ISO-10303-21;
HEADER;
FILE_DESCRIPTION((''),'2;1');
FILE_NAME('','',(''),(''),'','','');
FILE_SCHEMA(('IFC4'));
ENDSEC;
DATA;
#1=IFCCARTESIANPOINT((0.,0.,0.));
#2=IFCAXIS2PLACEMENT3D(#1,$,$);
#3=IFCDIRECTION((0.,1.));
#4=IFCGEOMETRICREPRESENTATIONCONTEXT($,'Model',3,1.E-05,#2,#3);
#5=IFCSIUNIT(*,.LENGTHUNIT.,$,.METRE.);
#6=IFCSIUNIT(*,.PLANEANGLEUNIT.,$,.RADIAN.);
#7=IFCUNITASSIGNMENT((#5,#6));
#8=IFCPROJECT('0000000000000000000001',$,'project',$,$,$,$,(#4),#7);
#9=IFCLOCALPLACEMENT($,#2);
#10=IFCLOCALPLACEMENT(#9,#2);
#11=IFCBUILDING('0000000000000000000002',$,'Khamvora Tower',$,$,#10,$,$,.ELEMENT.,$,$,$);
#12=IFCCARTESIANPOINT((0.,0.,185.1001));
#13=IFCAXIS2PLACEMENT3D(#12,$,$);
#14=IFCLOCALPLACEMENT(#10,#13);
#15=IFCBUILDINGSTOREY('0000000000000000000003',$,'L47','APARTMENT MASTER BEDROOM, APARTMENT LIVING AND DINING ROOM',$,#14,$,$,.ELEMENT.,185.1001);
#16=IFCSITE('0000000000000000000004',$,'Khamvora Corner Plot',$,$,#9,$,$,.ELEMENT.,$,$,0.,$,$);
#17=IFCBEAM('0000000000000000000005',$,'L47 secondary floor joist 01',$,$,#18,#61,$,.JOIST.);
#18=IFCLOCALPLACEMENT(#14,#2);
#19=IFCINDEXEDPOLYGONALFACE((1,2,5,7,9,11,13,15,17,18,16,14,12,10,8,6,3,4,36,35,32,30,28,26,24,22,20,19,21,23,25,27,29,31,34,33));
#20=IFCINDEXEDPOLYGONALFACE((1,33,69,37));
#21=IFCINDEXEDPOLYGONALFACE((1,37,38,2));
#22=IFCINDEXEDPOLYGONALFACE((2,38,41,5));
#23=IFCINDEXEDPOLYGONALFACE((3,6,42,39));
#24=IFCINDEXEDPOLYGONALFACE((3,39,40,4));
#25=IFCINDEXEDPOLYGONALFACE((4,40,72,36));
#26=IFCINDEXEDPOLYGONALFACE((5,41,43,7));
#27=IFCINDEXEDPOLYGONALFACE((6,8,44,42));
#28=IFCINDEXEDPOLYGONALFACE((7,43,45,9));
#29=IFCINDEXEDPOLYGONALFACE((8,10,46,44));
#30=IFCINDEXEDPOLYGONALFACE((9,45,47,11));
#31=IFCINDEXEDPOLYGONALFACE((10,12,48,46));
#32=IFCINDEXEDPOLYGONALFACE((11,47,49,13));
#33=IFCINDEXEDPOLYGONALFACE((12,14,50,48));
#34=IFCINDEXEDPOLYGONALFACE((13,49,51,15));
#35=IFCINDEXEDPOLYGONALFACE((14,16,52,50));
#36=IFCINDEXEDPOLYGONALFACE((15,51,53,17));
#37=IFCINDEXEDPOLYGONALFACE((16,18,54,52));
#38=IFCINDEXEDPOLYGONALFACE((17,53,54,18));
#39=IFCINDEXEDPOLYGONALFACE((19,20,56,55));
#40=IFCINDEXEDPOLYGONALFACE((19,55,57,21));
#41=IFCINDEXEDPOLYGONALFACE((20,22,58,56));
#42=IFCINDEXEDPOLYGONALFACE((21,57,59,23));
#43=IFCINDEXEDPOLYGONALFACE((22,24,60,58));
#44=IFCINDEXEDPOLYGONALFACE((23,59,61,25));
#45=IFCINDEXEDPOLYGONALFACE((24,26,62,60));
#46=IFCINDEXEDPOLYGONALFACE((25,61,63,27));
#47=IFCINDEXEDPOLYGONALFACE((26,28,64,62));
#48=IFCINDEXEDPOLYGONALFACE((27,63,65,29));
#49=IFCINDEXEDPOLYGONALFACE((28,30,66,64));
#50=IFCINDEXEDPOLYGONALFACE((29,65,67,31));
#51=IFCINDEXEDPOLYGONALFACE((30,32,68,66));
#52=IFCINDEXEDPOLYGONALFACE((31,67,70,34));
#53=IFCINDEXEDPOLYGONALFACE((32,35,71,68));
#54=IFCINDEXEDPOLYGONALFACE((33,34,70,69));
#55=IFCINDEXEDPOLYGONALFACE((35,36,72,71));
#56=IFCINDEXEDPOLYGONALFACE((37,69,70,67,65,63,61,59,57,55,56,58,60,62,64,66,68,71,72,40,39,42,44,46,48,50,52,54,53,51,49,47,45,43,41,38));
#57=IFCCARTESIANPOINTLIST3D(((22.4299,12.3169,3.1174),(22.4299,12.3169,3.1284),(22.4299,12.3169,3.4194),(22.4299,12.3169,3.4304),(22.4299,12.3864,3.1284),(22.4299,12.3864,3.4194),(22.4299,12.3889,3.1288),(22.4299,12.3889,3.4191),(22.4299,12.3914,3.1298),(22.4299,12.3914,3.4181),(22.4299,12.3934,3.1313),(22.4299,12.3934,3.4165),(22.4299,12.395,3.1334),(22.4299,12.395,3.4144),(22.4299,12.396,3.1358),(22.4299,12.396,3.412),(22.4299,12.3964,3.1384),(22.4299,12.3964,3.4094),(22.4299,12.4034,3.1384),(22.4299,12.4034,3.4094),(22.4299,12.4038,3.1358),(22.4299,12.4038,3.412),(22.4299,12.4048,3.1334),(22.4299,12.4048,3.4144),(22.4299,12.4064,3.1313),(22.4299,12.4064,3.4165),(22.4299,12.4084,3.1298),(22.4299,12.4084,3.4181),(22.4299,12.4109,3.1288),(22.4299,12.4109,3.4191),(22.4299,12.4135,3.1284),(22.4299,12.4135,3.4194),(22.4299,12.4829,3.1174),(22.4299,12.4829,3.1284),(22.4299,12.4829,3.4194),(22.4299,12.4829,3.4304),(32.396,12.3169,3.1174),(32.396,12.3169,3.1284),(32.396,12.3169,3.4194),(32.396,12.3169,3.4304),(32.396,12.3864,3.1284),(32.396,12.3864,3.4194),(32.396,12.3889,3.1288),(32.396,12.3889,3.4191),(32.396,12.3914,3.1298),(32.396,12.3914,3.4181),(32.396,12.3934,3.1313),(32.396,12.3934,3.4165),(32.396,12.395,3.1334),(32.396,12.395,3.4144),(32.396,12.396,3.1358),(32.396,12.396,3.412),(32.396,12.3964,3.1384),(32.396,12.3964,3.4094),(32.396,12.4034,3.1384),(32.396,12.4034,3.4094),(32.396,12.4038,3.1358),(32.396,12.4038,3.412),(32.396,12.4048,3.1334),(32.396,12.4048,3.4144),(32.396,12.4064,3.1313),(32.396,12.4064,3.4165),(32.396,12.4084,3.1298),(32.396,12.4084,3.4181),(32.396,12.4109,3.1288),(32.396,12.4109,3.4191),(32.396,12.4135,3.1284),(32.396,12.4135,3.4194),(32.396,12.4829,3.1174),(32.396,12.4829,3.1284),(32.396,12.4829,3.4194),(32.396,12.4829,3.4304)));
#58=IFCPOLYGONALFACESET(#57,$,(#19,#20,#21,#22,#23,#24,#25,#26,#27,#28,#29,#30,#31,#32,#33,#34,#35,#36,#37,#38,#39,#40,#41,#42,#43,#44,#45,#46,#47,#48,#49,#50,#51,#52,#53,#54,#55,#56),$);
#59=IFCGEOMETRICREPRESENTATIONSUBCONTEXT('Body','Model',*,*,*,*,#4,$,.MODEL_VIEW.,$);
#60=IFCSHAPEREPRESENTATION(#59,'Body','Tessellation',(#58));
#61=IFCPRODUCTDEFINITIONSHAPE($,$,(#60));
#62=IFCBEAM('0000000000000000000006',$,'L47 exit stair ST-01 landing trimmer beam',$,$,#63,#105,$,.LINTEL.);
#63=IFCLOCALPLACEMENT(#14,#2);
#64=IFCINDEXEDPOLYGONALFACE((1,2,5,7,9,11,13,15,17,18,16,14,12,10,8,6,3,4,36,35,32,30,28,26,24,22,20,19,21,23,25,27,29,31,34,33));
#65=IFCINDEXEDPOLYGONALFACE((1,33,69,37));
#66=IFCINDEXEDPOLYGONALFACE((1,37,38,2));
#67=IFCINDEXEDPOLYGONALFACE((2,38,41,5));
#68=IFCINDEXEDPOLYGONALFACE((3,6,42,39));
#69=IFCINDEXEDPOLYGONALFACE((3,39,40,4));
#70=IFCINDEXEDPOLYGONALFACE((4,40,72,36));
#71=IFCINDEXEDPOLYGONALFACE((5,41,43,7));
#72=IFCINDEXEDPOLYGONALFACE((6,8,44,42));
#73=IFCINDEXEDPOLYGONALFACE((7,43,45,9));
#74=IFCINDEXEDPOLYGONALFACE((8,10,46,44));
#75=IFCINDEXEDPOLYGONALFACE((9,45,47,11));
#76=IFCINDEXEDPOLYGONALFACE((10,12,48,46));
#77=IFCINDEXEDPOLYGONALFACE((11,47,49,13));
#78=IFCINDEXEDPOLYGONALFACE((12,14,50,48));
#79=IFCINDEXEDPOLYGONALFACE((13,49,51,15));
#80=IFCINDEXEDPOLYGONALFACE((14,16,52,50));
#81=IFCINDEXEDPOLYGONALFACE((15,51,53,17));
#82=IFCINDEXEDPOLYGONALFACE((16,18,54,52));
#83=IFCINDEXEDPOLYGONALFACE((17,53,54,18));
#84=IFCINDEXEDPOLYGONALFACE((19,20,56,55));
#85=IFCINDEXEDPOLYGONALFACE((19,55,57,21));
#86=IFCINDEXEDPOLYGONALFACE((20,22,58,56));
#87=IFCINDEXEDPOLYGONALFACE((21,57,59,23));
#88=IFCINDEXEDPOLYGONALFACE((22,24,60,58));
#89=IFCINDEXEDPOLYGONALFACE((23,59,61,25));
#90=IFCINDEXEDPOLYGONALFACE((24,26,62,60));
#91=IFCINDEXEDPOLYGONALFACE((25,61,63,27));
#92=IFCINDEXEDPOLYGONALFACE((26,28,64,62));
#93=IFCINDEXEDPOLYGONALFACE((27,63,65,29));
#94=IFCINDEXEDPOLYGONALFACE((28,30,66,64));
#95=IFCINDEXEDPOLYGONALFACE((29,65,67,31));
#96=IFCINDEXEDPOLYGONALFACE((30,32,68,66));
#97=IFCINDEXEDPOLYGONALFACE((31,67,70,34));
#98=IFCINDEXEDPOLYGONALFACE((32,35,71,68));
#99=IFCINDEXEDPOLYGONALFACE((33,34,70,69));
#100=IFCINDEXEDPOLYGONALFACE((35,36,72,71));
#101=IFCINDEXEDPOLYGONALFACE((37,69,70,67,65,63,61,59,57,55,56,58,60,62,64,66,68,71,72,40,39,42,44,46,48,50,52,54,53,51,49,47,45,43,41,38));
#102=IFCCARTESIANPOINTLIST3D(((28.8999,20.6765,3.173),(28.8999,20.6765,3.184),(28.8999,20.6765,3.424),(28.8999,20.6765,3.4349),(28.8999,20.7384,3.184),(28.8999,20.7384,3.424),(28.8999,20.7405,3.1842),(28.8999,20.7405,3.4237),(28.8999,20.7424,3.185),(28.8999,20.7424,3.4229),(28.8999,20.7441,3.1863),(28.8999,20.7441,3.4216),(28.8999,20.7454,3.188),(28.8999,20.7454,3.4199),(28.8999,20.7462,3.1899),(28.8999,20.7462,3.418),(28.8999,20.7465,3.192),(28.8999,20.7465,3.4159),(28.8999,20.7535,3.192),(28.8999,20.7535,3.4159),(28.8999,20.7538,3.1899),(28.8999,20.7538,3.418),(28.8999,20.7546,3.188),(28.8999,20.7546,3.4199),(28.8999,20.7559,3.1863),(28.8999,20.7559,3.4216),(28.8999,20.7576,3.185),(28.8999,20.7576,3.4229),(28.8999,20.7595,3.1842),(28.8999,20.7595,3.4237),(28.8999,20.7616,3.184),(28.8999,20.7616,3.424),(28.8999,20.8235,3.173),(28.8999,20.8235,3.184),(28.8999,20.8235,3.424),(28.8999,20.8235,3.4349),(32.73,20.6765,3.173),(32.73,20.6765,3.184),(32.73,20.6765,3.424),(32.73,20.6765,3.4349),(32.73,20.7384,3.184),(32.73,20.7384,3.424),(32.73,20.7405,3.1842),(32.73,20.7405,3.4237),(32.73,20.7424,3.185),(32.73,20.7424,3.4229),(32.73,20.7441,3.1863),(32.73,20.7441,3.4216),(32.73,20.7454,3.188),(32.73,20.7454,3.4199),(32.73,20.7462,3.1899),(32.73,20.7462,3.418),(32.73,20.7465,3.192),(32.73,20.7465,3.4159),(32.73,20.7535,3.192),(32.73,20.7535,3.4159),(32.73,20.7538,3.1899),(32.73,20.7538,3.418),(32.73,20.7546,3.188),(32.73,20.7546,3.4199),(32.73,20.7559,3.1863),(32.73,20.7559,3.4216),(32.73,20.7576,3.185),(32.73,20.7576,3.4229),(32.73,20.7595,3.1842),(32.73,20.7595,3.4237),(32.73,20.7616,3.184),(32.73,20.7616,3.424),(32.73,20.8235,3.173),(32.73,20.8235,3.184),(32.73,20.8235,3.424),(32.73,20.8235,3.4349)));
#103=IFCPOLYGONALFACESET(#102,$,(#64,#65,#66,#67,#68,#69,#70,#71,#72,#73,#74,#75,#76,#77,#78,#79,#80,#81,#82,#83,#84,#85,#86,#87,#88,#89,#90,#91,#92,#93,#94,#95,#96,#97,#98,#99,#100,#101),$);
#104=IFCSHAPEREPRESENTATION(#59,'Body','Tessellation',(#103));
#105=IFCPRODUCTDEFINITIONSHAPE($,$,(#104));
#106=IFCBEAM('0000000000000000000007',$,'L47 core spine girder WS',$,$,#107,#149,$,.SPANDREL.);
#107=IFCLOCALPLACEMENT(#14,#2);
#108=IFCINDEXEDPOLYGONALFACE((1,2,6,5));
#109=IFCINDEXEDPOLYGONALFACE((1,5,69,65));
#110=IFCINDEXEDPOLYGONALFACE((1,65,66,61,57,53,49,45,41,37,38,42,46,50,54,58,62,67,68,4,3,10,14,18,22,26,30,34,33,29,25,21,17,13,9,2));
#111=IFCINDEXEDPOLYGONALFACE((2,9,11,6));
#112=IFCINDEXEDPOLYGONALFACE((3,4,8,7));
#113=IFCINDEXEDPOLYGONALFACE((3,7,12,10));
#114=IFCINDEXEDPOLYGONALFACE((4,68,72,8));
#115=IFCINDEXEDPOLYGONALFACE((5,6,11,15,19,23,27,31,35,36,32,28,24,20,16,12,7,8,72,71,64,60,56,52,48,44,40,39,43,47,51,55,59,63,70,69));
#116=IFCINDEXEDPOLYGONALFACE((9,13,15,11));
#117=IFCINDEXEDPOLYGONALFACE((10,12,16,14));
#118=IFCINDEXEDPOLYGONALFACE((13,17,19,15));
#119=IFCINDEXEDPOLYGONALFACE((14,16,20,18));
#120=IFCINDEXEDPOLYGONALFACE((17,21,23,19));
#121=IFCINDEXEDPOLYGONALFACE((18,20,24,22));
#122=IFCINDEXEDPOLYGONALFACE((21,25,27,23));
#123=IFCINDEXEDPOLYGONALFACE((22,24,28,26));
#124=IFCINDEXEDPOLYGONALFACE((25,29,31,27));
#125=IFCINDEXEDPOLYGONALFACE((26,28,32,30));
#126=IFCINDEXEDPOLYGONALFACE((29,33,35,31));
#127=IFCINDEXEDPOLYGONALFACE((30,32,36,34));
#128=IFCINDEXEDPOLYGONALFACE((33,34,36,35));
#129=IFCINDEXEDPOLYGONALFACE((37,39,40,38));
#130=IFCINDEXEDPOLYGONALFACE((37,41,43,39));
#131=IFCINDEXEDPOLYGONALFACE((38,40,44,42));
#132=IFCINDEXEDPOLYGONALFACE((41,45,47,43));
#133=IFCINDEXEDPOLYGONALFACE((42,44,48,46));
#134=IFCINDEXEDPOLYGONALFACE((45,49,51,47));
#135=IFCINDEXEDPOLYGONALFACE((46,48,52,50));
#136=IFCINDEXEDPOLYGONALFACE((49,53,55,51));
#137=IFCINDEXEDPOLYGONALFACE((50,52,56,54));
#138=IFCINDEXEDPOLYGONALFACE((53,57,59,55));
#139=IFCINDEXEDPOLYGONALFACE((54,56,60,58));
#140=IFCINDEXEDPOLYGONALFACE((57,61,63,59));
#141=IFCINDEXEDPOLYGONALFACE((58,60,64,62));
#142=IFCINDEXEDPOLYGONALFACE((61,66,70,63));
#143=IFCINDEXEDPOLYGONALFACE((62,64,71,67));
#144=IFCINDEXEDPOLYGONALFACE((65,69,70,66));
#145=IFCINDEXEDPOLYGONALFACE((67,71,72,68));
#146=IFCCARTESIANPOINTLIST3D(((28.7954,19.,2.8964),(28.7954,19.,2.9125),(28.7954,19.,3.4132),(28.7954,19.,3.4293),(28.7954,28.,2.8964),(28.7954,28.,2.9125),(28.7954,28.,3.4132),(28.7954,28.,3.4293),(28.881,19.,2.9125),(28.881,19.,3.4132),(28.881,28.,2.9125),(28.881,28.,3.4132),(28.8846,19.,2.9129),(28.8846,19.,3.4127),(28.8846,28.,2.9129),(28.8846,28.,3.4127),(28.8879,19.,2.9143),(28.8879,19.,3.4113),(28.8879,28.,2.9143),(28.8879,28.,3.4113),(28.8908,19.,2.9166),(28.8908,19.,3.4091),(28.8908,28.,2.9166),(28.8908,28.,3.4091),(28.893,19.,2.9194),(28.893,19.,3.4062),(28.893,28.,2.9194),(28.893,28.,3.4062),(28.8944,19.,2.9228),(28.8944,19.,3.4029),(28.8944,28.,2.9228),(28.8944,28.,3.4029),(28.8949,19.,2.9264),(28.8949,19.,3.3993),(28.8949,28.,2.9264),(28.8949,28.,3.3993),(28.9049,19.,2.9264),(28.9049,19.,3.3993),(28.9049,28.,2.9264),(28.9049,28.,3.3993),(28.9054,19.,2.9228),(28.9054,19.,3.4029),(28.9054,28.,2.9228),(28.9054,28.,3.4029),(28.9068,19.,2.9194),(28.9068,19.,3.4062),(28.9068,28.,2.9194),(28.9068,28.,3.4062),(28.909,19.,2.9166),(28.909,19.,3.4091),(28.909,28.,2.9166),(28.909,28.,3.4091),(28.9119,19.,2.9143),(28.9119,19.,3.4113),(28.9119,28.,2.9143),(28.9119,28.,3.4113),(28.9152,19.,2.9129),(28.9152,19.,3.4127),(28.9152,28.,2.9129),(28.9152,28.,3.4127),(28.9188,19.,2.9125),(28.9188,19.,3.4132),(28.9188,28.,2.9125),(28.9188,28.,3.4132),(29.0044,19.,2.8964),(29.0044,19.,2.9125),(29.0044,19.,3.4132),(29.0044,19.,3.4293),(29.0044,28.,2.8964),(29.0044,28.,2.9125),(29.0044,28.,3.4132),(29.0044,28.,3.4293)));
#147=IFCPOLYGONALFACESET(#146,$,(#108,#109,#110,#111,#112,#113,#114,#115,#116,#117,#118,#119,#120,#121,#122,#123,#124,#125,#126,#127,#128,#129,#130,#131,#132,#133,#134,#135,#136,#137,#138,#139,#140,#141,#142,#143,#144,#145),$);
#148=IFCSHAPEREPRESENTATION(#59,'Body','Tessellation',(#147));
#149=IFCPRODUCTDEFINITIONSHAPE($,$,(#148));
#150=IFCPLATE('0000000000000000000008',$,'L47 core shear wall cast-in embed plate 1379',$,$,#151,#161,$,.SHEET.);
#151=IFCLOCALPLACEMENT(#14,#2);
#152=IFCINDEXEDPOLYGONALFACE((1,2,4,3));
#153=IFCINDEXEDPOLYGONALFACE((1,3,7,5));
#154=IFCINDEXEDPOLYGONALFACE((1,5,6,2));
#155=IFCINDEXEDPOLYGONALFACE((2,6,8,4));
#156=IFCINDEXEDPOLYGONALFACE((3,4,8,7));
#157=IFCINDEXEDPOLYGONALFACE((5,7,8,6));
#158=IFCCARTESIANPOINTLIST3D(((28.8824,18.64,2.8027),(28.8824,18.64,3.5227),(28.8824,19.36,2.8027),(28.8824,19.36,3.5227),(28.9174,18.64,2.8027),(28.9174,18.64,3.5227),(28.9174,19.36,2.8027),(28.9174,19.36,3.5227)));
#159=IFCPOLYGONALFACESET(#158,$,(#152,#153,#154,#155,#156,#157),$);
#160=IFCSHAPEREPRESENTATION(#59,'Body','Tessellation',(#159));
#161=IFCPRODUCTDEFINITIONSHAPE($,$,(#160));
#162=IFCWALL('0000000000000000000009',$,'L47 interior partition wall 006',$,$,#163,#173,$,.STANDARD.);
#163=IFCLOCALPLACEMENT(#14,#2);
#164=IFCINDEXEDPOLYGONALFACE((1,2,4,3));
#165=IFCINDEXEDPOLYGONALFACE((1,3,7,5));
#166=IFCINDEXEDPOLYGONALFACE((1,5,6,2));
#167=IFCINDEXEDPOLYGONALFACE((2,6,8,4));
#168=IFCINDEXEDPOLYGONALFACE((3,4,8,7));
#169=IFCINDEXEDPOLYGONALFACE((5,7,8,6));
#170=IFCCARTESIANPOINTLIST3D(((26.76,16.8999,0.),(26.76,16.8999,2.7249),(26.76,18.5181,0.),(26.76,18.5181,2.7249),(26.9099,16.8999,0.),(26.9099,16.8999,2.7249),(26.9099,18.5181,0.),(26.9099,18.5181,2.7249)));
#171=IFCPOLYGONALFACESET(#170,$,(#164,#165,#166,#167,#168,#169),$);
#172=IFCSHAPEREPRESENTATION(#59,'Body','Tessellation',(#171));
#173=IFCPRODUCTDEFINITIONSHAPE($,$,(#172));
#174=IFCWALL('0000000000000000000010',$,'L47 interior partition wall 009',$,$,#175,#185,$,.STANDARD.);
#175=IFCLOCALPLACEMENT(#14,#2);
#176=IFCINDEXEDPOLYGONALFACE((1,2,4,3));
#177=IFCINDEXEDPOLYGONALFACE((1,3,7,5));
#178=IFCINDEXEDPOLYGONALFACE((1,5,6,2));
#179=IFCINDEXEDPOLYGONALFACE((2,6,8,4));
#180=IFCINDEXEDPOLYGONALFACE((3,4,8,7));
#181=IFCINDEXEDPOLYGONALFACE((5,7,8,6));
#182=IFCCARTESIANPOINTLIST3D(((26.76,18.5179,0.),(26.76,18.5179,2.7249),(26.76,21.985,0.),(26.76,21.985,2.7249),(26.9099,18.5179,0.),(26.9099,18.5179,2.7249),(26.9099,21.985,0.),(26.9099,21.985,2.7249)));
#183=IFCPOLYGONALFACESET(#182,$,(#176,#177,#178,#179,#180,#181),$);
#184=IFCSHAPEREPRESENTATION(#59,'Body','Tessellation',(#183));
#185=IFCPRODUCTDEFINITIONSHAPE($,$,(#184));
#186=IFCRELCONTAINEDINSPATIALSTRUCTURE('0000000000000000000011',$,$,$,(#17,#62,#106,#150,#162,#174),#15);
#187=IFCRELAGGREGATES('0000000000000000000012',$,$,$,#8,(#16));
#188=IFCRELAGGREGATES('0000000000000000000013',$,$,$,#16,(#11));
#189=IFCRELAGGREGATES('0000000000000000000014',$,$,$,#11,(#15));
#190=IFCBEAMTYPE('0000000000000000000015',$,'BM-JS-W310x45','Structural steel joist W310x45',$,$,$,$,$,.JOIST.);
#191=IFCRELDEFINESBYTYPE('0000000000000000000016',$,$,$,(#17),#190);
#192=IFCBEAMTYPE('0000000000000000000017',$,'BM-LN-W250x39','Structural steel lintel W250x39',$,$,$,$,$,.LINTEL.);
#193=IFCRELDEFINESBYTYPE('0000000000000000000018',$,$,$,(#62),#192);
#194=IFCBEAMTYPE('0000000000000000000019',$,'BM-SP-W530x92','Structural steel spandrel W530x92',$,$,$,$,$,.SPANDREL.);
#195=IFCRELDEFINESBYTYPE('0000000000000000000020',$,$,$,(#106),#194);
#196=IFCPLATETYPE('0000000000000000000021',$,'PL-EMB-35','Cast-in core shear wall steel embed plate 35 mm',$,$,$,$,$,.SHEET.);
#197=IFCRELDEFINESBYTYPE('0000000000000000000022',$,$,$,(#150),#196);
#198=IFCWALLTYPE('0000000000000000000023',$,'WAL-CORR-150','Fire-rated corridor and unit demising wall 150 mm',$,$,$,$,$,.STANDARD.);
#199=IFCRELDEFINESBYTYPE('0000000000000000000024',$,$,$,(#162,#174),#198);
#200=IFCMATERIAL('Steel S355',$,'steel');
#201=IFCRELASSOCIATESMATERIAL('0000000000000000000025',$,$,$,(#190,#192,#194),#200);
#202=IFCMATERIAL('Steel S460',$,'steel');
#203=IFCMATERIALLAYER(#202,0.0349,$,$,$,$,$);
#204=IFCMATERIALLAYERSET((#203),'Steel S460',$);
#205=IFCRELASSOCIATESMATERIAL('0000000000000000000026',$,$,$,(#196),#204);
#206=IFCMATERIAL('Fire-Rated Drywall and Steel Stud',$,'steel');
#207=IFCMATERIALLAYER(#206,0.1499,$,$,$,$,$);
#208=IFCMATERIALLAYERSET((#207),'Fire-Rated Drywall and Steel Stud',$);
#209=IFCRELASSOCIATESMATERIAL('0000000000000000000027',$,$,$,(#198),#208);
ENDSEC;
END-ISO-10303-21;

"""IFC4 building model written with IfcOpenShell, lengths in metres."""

from ifc_helpers import new_model, si_unit, direction, frame, frame_2d, origin, origin_2d, place, context, subcontext, project, spatial, rectangle, i_section, extrude, material, layer, layer_set, material_profile, profile_set, type_object, element, save


model = new_model("IFC4")

# Units and contexts
model_context = context("Model", 3, precision=1e-05, world=origin(), true_north=direction((0.0, 1.0)))
body_context = subcontext(model_context, "Body", "Model", "MODEL_VIEW")
ifc_project = project(units=[si_unit("LENGTHUNIT", "METRE"), si_unit("PLANEANGLEUNIT", "RADIAN")], contexts=[model_context])

# Site, building, storey
site_placement = place(None, origin())
site = spatial("IfcSite", under=ifc_project, at=site_placement, Name="Khamvora Corner Plot", CompositionType="ELEMENT", RefElevation=0.0)
building_placement = place(site_placement, origin())
building = spatial("IfcBuilding", under=site, at=building_placement, Name="Khamvora Tower", CompositionType="ELEMENT")
storey_placement = place(building_placement, frame((0.0, 0.0, 185.1001)))
storey = spatial("IfcBuildingStorey", under=building, at=storey_placement, Name="L47", Description="APARTMENT MASTER BEDROOM, APARTMENT LIVING AND DINING ROOM", CompositionType="ELEMENT", Elevation=185.1001)

# Beams
ifc_material_1 = material(Name="Steel S355", Category="steel")
ifc_material_profile_1 = material_profile(ifc_material_1, i_section(OverallWidth=0.166, OverallDepth=0.313, WebThickness=0.0071, FlangeThickness=0.011, FilletRadius=0.01, at=origin_2d()), Name="W310x45")
ifc_profile_set_1 = profile_set([ifc_material_profile_1], Name="Steel S355")
beam_type_1 = type_object("IfcBeamType", Name="BM-JS-W310x45", Description="Structural steel joist W310x45", PredefinedType="JOIST", material=ifc_profile_set_1)
beam_1_placement = place(storey_placement, frame((22.4299, 12.3999, 3.2739), z_axis=(1.0, 0.0, 0.0), x_axis=(0.0, 1.0, 0.0)))
element("IfcBeam", 1, at=beam_1_placement, inside=storey, type_object=beam_type_1, Name="L47 secondary floor joist 01", PredefinedType="JOIST", context=body_context, shape_type="SweptSolid", body=[
    extrude(i_section(OverallWidth=0.166, OverallDepth=0.313, WebThickness=0.0071, FlangeThickness=0.011, FilletRadius=0.01, at=origin_2d()), origin(), (0.0, 0.0, 1.0), 9.9661),
])
ifc_material_profile_2 = material_profile(ifc_material_1, i_section(OverallWidth=0.147, OverallDepth=0.262, WebThickness=0.0071, FlangeThickness=0.011, FilletRadius=0.0081, at=origin_2d()), Name="W250x39")
ifc_profile_set_2 = profile_set([ifc_material_profile_2], Name="Steel S355")
beam_type_2 = type_object("IfcBeamType", Name="BM-LN-W250x39", Description="Structural steel lintel W250x39", PredefinedType="LINTEL", material=ifc_profile_set_2)
beam_2_placement = place(storey_placement, frame((28.8999, 20.75, 3.304), z_axis=(1.0, 0.0, 0.0), x_axis=(0.0, 1.0, 0.0)))
element("IfcBeam", 2, at=beam_2_placement, inside=storey, type_object=beam_type_2, Name="L47 exit stair ST-01 landing trimmer beam", PredefinedType="LINTEL", context=body_context, shape_type="SweptSolid", body=[
    extrude(i_section(OverallWidth=0.147, OverallDepth=0.262, WebThickness=0.0071, FlangeThickness=0.011, FilletRadius=0.0081, at=origin_2d()), origin(), (0.0, 0.0, 1.0), 3.8301),
])
ifc_material_profile_3 = material_profile(ifc_material_1, i_section(OverallWidth=0.209, OverallDepth=0.533, WebThickness=0.01, FlangeThickness=0.0161, FilletRadius=0.0139, at=origin_2d()), Name="W530x92")
ifc_profile_set_3 = profile_set([ifc_material_profile_3], Name="Steel S355")
beam_type_3 = type_object("IfcBeamType", Name="BM-SP-W530x92", Description="Structural steel spandrel W530x92", PredefinedType="SPANDREL", material=ifc_profile_set_3)
beam_3_placement = place(storey_placement, frame((28.8999, 19.0, 3.1628), z_axis=(0.0, 1.0, 0.0), x_axis=(-1.0, 0.0, 0.0)))
element("IfcBeam", 3, at=beam_3_placement, inside=storey, type_object=beam_type_3, Name="L47 core spine girder WS", PredefinedType="SPANDREL", context=body_context, shape_type="SweptSolid", body=[
    extrude(i_section(OverallWidth=0.209, OverallDepth=0.533, WebThickness=0.01, FlangeThickness=0.0161, FilletRadius=0.0139, at=origin_2d()), origin(), (0.0, 0.0, 1.0), 9.0),
])

# Plate
ifc_material_2 = material(Name="Steel S460", Category="steel")
ifc_layer_1 = layer(ifc_material_2, 0.0349)
ifc_layer_set_1 = layer_set([ifc_layer_1], Name="Steel S460")
plate_type = type_object("IfcPlateType", Name="PL-EMB-35", Description="Cast-in core shear wall steel embed plate 35 mm", PredefinedType="SHEET", material=ifc_layer_set_1)
plate_placement = place(storey_placement, frame((28.8999, 19.0, 2.8027), z_axis=(0.0, 0.0, 1.0), x_axis=(1.0, 0.0, 0.0)))
element("IfcPlate", 4, at=plate_placement, inside=storey, type_object=plate_type, Name="L47 core shear wall cast-in embed plate 1379", PredefinedType="SHEET", context=body_context, shape_type="SweptSolid", body=[
    extrude(rectangle(XDim=0.0349, YDim=0.72, at=origin_2d()), origin(), (0.0, 0.0, 1.0), 0.72),
])

# Wall
ifc_material_3 = material(Name="Fire-Rated Drywall and Steel Stud", Category="steel")
ifc_layer_2 = layer(ifc_material_3, 0.1499)
ifc_layer_set_2 = layer_set([ifc_layer_2], Name="Fire-Rated Drywall and Steel Stud")
wall_type_1 = type_object("IfcWallType", Name="WAL-CORR-150", Description="Fire-rated corridor and unit demising wall 150 mm", PredefinedType="STANDARD", material=ifc_layer_set_2)
wall_1_placement = place(storey_placement, frame((26.835, 16.8999, 0.0), z_axis=(0.0, 0.0, 1.0), x_axis=(0.0, 1.0, 0.0)))
element("IfcWall", 5, at=wall_1_placement, inside=storey, type_object=wall_type_1, Name="L47 interior partition wall 006", PredefinedType="STANDARD", context=body_context, shape_type="SweptSolid", body=[
    extrude(rectangle(XDim=1.6182, YDim=0.1499, at=frame_2d((0.8091, 0.0))), origin(), (0.0, 0.0, 1.0), 2.7249),
])

# Wall
wall_2_placement = place(storey_placement, frame((26.835, 18.5181, 0.0), z_axis=(0.0, 0.0, 1.0), x_axis=(0.0, 1.0, 0.0)))
element("IfcWall", 6, at=wall_2_placement, inside=storey, type_object=wall_type_1, Name="L47 interior partition wall 009", PredefinedType="STANDARD", context=body_context, shape_type="SweptSolid", body=[
    extrude(rectangle(XDim=3.467, YDim=0.1499, at=frame_2d((1.7334, 0.0))), origin(), (0.0, 0.0, 1.0), 2.7249),
])

save(model, "model.ifc")
